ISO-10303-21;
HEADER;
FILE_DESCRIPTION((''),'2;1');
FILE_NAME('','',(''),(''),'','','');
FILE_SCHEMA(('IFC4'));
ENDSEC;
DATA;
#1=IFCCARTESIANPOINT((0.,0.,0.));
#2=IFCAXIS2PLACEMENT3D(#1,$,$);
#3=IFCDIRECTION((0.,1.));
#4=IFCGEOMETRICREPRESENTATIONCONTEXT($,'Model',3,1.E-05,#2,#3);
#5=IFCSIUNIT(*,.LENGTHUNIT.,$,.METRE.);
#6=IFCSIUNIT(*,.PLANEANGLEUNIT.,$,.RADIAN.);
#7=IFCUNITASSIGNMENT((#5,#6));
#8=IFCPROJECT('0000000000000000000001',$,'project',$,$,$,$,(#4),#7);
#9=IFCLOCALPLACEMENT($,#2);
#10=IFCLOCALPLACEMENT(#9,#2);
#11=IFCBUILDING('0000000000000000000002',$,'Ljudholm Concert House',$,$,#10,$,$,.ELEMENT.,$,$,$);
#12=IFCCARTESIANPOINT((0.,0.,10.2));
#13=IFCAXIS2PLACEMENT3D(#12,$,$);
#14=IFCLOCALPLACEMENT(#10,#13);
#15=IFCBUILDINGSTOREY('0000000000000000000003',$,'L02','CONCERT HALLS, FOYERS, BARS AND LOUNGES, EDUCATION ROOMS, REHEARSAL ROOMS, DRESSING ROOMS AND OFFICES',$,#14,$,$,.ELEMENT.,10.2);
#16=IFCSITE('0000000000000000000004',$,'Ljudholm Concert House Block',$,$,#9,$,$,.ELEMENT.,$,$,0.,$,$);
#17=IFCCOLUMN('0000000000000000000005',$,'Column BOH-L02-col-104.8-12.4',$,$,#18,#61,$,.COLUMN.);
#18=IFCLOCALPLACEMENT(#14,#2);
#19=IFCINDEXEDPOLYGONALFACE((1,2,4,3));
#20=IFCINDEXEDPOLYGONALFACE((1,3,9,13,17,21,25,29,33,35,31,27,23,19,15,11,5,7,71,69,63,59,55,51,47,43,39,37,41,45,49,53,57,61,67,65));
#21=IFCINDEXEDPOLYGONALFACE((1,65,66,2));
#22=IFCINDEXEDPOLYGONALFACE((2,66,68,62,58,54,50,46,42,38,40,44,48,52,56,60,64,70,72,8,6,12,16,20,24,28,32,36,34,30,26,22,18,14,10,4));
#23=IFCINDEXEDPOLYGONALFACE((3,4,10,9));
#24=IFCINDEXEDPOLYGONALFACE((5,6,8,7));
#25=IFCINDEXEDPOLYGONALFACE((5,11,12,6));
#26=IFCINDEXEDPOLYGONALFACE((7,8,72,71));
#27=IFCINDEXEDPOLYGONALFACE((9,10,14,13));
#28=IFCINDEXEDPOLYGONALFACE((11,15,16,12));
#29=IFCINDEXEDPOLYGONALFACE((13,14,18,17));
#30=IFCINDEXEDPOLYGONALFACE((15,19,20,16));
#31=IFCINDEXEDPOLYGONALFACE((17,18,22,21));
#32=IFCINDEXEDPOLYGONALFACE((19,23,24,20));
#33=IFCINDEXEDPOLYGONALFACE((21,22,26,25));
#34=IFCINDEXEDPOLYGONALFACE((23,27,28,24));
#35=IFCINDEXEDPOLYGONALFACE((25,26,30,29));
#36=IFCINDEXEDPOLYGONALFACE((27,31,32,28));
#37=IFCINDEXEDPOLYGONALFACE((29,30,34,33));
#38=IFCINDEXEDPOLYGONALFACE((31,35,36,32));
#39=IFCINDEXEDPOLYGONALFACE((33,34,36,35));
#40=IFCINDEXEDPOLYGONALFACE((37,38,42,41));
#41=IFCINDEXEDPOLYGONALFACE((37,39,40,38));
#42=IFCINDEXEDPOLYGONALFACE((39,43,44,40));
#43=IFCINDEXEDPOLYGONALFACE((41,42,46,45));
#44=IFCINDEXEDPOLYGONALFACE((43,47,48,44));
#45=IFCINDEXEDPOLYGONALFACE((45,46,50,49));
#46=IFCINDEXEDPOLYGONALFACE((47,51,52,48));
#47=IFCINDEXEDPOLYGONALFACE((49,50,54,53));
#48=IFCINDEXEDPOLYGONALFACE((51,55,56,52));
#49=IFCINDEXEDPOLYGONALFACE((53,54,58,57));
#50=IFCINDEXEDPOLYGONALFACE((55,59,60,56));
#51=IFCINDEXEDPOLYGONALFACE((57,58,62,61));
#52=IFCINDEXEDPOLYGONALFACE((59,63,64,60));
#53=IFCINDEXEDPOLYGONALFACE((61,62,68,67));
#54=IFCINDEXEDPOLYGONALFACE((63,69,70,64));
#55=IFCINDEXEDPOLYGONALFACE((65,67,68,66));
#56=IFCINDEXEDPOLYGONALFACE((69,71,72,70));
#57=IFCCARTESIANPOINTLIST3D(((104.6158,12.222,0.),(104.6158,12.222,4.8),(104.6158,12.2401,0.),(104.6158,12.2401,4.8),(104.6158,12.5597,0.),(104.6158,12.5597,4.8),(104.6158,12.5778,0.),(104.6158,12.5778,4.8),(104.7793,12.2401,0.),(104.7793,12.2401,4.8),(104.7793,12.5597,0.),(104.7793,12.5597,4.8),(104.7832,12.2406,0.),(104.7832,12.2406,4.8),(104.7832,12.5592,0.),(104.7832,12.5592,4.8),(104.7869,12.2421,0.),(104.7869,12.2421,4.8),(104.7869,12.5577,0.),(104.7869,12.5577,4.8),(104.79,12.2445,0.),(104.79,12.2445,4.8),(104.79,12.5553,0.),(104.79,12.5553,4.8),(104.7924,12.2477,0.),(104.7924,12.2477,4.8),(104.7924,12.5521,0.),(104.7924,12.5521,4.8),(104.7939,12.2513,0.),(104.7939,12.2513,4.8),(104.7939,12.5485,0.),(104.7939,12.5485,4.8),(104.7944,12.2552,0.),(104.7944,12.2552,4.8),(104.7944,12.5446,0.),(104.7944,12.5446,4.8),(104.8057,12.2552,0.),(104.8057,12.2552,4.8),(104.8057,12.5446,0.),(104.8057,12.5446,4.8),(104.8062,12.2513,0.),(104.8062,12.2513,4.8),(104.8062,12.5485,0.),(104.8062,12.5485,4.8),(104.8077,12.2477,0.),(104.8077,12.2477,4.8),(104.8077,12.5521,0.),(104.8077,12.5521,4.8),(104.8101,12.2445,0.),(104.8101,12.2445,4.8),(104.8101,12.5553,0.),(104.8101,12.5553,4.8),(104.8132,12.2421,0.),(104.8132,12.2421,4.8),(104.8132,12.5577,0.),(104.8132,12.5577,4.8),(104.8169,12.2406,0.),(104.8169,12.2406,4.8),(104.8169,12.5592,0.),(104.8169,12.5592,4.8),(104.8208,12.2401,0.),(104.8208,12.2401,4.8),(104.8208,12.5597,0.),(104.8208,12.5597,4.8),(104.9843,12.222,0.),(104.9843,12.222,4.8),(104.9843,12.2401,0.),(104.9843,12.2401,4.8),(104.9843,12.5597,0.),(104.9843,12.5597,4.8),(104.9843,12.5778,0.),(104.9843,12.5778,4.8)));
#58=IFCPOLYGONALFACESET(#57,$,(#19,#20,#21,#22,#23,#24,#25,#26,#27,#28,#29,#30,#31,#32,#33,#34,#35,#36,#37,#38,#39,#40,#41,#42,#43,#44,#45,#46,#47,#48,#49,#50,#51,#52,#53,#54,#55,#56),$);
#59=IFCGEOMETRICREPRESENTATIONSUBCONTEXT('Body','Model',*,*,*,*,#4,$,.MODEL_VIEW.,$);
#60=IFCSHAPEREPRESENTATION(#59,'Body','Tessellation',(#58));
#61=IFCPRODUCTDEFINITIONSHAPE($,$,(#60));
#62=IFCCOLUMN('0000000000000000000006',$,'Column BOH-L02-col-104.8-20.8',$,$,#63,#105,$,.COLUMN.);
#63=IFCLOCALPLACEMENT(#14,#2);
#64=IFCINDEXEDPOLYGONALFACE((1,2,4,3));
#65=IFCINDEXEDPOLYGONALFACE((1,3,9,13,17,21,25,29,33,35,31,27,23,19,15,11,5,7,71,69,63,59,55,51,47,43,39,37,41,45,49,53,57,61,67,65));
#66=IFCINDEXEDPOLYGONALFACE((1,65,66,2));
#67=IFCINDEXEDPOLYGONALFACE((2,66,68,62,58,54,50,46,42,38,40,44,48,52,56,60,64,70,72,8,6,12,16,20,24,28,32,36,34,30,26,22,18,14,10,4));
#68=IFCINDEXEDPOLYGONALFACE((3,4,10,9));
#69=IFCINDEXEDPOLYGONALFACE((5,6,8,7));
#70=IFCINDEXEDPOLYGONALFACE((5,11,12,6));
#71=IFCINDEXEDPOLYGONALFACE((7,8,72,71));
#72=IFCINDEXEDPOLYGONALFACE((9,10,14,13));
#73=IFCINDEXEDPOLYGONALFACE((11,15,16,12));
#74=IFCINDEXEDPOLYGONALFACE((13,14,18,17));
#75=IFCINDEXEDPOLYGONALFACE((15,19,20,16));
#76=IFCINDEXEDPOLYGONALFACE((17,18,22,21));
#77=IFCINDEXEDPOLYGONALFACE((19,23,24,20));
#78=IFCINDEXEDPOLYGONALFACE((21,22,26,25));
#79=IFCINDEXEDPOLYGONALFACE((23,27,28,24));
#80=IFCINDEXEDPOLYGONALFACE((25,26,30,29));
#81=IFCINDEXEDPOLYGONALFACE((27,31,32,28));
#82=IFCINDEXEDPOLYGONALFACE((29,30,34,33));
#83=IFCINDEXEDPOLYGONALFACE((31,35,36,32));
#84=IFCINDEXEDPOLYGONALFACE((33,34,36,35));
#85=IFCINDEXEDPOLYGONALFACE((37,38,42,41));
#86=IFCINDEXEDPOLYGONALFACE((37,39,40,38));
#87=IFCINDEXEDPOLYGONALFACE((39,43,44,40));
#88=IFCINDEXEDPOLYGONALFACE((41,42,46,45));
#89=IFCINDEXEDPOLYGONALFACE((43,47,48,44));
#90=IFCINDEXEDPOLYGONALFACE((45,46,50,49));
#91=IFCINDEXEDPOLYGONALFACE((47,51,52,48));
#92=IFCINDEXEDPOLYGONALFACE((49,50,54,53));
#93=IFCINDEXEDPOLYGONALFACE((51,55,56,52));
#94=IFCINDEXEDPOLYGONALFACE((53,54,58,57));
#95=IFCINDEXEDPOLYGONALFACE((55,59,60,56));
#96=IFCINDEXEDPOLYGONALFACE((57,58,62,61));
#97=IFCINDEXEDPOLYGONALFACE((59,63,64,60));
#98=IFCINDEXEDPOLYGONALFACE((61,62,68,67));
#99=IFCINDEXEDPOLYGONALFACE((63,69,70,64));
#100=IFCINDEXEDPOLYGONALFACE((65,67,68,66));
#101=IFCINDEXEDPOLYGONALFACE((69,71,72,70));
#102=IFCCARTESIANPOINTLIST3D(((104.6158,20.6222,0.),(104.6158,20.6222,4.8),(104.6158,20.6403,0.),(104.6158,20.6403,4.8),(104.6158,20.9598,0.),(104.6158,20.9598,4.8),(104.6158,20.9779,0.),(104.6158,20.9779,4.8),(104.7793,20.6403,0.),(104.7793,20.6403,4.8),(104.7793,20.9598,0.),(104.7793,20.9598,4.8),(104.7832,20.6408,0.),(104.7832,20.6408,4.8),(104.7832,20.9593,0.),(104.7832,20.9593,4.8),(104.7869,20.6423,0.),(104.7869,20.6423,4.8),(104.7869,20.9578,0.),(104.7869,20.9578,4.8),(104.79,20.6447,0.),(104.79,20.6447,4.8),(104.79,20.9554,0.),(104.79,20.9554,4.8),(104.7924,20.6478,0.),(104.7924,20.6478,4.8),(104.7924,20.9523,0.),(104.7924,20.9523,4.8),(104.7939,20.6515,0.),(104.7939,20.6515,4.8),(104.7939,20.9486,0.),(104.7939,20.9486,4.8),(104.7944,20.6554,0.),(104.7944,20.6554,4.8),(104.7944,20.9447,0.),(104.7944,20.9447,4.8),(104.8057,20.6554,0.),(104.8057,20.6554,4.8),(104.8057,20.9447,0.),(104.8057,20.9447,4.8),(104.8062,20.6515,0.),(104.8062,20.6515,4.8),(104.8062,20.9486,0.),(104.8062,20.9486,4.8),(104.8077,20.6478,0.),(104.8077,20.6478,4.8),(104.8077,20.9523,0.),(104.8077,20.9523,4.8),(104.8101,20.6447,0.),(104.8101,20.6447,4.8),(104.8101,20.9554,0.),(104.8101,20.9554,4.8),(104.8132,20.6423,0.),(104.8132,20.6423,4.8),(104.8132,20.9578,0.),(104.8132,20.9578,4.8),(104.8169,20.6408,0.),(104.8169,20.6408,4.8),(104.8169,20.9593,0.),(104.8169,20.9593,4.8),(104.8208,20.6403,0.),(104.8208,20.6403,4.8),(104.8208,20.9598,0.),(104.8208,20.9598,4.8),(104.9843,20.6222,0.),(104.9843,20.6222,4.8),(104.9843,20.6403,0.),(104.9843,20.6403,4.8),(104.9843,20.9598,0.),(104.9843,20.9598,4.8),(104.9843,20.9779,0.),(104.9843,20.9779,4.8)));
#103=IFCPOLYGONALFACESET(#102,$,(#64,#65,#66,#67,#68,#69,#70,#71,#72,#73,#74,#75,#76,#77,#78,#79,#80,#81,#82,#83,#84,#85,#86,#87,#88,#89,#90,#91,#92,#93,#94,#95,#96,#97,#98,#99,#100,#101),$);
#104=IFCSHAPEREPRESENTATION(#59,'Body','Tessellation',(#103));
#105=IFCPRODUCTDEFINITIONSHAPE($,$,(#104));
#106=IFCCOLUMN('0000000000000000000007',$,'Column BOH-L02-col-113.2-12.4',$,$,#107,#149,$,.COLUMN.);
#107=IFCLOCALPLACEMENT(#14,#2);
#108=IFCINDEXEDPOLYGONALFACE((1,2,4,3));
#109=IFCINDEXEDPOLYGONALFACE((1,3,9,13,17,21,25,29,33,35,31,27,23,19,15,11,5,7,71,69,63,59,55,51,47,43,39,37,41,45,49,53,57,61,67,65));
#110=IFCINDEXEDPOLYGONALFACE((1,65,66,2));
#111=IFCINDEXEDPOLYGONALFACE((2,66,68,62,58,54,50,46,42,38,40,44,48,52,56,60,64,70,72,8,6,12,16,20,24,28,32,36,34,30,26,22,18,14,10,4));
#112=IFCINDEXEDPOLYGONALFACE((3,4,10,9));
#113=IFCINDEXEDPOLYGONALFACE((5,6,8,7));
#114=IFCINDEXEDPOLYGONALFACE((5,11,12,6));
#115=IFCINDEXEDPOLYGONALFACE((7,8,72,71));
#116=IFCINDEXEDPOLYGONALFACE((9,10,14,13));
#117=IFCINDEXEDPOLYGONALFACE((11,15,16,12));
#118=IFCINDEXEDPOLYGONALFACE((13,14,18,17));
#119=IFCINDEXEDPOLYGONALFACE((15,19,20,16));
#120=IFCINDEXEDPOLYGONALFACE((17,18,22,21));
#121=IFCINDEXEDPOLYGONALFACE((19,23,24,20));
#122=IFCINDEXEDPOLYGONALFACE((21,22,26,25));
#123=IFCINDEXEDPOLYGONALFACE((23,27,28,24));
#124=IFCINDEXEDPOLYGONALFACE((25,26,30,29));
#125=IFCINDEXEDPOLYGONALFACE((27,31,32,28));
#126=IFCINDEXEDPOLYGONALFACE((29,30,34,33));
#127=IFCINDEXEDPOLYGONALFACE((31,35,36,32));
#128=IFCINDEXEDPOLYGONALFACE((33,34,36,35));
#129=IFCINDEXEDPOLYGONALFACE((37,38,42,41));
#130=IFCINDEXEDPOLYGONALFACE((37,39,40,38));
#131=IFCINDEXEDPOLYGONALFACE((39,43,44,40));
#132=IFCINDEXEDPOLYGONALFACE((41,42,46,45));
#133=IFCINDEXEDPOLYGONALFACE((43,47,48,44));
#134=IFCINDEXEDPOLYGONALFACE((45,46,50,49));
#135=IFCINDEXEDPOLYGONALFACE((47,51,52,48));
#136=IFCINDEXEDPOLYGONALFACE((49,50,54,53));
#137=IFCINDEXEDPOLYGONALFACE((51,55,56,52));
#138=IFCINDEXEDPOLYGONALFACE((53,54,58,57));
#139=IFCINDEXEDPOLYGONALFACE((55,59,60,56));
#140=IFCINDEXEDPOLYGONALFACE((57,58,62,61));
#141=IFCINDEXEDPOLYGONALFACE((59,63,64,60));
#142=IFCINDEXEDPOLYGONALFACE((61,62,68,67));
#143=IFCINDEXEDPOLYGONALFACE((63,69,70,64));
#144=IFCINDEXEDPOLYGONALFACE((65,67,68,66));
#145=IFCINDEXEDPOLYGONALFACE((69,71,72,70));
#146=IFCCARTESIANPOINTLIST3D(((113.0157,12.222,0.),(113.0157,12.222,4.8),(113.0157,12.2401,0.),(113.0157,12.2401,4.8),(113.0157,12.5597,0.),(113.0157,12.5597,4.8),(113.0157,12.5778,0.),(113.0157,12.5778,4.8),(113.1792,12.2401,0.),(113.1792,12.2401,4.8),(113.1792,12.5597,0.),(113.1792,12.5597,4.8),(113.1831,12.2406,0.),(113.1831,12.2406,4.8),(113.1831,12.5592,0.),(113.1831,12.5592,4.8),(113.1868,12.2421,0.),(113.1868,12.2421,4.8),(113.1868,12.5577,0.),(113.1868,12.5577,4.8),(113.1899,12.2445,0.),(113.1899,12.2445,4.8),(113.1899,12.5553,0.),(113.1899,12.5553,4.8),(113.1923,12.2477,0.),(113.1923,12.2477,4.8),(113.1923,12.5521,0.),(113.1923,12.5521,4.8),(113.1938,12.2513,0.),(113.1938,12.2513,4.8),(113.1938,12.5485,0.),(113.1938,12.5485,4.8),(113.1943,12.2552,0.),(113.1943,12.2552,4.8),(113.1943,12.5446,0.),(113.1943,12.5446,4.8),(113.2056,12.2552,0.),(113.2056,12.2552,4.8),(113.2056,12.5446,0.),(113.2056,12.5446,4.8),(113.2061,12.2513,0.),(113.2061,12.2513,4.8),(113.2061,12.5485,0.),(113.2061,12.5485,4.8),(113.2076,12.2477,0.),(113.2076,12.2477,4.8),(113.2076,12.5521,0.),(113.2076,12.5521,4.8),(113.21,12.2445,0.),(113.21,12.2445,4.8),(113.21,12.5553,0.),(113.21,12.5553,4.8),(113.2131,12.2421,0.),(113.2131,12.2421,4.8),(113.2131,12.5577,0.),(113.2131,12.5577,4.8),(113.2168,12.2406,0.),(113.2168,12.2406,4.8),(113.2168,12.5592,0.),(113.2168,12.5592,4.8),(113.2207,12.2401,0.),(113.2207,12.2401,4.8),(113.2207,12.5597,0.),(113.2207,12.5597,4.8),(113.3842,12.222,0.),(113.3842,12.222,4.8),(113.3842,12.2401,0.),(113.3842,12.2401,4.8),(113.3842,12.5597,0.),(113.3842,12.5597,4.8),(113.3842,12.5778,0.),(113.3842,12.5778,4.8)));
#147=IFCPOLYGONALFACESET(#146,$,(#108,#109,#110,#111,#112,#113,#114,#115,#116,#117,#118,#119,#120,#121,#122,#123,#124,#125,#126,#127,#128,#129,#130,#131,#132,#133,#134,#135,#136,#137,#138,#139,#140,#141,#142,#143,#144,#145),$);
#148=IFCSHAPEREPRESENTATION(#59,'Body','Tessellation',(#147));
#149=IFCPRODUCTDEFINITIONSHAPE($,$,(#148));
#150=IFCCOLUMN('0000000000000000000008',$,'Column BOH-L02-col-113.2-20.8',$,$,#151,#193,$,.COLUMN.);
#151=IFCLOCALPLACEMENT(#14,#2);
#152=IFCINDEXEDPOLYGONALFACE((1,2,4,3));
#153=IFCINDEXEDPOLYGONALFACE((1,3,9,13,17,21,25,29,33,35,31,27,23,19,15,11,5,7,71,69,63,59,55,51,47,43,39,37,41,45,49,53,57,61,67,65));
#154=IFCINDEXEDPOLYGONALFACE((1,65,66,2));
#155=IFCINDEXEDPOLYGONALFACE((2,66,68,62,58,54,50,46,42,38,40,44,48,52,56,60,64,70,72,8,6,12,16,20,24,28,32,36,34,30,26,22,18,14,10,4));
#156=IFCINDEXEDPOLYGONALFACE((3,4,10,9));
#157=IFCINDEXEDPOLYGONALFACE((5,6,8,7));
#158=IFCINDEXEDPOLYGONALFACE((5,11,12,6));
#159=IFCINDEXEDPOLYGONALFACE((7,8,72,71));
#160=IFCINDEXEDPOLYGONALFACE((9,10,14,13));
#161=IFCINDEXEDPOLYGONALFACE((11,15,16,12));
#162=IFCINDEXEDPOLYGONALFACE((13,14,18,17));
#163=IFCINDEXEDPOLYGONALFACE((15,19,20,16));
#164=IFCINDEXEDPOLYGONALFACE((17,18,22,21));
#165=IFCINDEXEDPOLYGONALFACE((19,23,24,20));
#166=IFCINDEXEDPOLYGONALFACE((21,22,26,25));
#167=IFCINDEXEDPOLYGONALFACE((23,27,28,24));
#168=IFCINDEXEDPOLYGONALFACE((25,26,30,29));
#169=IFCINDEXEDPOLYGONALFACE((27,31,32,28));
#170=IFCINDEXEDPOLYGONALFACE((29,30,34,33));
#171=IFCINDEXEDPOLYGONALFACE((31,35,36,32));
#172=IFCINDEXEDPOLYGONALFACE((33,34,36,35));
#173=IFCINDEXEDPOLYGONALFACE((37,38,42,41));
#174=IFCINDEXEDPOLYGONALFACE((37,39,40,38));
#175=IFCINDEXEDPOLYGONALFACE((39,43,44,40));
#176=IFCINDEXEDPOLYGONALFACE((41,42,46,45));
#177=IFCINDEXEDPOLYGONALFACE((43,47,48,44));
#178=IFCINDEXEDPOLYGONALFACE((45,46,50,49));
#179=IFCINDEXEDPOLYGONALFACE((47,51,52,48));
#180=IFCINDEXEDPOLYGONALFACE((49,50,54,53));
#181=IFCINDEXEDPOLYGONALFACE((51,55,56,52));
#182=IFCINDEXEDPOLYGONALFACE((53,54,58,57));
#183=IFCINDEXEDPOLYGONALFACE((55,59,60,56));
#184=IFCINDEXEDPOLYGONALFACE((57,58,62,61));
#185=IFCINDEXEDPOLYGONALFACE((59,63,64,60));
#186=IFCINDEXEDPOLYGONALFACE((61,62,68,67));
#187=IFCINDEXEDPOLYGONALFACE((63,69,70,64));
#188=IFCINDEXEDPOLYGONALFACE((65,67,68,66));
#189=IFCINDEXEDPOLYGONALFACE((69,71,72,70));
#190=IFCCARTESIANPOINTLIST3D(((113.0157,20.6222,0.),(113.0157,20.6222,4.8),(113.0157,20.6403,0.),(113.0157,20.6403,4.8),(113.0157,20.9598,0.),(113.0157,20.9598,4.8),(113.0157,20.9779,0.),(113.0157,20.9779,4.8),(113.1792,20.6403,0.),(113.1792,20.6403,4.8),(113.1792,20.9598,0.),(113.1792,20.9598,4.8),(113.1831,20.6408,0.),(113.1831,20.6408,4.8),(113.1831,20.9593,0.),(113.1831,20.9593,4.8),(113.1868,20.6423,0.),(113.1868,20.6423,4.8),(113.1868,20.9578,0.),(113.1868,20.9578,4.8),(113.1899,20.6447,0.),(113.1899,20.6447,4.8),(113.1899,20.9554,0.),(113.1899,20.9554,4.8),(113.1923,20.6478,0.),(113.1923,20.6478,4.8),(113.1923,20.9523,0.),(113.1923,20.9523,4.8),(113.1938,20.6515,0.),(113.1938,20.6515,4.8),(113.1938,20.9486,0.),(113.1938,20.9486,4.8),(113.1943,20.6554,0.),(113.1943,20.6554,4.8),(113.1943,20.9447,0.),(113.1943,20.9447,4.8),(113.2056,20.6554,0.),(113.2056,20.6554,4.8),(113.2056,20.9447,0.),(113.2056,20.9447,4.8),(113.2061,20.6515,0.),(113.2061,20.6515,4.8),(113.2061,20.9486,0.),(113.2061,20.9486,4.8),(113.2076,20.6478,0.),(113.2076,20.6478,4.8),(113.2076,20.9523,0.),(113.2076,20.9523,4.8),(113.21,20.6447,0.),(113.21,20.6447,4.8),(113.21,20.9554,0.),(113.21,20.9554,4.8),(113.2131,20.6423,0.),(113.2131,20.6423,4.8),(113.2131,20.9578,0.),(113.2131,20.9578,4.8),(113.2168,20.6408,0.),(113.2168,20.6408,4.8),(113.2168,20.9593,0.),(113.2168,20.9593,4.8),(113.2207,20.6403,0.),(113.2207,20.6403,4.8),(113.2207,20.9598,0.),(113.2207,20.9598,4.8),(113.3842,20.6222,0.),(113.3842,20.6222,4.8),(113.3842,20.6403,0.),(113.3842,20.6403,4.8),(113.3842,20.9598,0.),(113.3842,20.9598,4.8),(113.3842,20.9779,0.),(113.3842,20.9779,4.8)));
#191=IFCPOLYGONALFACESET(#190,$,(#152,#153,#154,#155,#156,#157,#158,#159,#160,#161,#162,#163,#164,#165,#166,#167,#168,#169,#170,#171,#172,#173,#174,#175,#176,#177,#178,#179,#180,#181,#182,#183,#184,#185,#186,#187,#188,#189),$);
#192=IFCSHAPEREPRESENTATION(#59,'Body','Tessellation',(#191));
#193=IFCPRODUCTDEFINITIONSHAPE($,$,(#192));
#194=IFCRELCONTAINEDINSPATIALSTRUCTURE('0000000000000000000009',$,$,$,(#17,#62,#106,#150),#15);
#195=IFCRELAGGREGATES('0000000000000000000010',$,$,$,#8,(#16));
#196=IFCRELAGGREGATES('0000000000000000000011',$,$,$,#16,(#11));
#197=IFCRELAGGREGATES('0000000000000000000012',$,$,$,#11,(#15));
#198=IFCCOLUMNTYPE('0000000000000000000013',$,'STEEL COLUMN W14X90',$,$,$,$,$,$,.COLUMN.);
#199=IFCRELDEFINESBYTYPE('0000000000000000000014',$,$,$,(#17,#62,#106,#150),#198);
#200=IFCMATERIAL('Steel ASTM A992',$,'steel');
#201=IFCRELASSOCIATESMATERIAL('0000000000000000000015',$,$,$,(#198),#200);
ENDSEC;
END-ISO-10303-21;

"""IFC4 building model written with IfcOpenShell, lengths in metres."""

from ifc_helpers import new_model, si_unit, direction, frame, origin, origin_2d, place, context, subcontext, project, spatial, i_section, extrude, material, material_profile, profile_set, type_object, element, save


model = new_model("IFC4")

# Units and contexts
model_context = context("Model", 3, precision=1e-05, world=origin(), true_north=direction((0.0, 1.0)))
body_context = subcontext(model_context, "Body", "Model", "MODEL_VIEW")
ifc_project = project(units=[si_unit("LENGTHUNIT", "METRE"), si_unit("PLANEANGLEUNIT", "RADIAN")], contexts=[model_context])

# Site, building, storey
site_placement = place(None, origin())
site = spatial("IfcSite", under=ifc_project, at=site_placement, Name="Ljudholm Concert House Block", CompositionType="ELEMENT", RefElevation=0.0)
building_placement = place(site_placement, origin())
building = spatial("IfcBuilding", under=site, at=building_placement, Name="Ljudholm Concert House", CompositionType="ELEMENT")
storey_placement = place(building_placement, frame((0.0, 0.0, 10.2)))
storey = spatial("IfcBuildingStorey", under=building, at=storey_placement, Name="L02", Description="CONCERT HALLS, FOYERS, BARS AND LOUNGES, EDUCATION ROOMS, REHEARSAL ROOMS, DRESSING ROOMS AND OFFICES", CompositionType="ELEMENT", Elevation=10.2)

# Columns
ifc_material_1 = material(Name="Steel ASTM A992", Category="steel")
ifc_material_profile_1 = material_profile(ifc_material_1, i_section(OverallWidth=0.3684, OverallDepth=0.3557, WebThickness=0.0112, FlangeThickness=0.0181, FilletRadius=0.0151, at=origin_2d()), Name="W14X90")
ifc_profile_set_1 = profile_set([ifc_material_profile_1], Name="Steel ASTM A992")
column_type = type_object("IfcColumnType", Name="STEEL COLUMN W14X90", PredefinedType="COLUMN", material=ifc_profile_set_1)
for number, where, z_axis, x_axis, name in (
    (1, (104.8, 12.3999, 0.0), (0.0, 0.0, 1.0), (1.0, 0.0, 0.0), "Column BOH-L02-col-104.8-12.4"),
    (2, (104.8, 20.8, 0.0), (0.0, 0.0, 1.0), (1.0, 0.0, 0.0), "Column BOH-L02-col-104.8-20.8"),
    (3, (113.2, 12.3999, 0.0), (0.0, 0.0, 1.0), (1.0, 0.0, 0.0), "Column BOH-L02-col-113.2-12.4"),
    (4, (113.2, 20.8, 0.0), (0.0, 0.0, 1.0), (1.0, 0.0, 0.0), "Column BOH-L02-col-113.2-20.8"),
):
    element("IfcColumn", number, at=place(storey_placement, frame(where, z_axis=z_axis, x_axis=x_axis)), inside=storey, type_object=column_type, Name=name, PredefinedType="COLUMN", context=body_context, shape_type="SweptSolid", body=[
        extrude(i_section(OverallWidth=0.3684, OverallDepth=0.3557, WebThickness=0.0112, FlangeThickness=0.0181, FilletRadius=0.0151, at=origin_2d()), origin(), (0.0, 0.0, 1.0), 4.8),
    ])

save(model, "model.ifc")
